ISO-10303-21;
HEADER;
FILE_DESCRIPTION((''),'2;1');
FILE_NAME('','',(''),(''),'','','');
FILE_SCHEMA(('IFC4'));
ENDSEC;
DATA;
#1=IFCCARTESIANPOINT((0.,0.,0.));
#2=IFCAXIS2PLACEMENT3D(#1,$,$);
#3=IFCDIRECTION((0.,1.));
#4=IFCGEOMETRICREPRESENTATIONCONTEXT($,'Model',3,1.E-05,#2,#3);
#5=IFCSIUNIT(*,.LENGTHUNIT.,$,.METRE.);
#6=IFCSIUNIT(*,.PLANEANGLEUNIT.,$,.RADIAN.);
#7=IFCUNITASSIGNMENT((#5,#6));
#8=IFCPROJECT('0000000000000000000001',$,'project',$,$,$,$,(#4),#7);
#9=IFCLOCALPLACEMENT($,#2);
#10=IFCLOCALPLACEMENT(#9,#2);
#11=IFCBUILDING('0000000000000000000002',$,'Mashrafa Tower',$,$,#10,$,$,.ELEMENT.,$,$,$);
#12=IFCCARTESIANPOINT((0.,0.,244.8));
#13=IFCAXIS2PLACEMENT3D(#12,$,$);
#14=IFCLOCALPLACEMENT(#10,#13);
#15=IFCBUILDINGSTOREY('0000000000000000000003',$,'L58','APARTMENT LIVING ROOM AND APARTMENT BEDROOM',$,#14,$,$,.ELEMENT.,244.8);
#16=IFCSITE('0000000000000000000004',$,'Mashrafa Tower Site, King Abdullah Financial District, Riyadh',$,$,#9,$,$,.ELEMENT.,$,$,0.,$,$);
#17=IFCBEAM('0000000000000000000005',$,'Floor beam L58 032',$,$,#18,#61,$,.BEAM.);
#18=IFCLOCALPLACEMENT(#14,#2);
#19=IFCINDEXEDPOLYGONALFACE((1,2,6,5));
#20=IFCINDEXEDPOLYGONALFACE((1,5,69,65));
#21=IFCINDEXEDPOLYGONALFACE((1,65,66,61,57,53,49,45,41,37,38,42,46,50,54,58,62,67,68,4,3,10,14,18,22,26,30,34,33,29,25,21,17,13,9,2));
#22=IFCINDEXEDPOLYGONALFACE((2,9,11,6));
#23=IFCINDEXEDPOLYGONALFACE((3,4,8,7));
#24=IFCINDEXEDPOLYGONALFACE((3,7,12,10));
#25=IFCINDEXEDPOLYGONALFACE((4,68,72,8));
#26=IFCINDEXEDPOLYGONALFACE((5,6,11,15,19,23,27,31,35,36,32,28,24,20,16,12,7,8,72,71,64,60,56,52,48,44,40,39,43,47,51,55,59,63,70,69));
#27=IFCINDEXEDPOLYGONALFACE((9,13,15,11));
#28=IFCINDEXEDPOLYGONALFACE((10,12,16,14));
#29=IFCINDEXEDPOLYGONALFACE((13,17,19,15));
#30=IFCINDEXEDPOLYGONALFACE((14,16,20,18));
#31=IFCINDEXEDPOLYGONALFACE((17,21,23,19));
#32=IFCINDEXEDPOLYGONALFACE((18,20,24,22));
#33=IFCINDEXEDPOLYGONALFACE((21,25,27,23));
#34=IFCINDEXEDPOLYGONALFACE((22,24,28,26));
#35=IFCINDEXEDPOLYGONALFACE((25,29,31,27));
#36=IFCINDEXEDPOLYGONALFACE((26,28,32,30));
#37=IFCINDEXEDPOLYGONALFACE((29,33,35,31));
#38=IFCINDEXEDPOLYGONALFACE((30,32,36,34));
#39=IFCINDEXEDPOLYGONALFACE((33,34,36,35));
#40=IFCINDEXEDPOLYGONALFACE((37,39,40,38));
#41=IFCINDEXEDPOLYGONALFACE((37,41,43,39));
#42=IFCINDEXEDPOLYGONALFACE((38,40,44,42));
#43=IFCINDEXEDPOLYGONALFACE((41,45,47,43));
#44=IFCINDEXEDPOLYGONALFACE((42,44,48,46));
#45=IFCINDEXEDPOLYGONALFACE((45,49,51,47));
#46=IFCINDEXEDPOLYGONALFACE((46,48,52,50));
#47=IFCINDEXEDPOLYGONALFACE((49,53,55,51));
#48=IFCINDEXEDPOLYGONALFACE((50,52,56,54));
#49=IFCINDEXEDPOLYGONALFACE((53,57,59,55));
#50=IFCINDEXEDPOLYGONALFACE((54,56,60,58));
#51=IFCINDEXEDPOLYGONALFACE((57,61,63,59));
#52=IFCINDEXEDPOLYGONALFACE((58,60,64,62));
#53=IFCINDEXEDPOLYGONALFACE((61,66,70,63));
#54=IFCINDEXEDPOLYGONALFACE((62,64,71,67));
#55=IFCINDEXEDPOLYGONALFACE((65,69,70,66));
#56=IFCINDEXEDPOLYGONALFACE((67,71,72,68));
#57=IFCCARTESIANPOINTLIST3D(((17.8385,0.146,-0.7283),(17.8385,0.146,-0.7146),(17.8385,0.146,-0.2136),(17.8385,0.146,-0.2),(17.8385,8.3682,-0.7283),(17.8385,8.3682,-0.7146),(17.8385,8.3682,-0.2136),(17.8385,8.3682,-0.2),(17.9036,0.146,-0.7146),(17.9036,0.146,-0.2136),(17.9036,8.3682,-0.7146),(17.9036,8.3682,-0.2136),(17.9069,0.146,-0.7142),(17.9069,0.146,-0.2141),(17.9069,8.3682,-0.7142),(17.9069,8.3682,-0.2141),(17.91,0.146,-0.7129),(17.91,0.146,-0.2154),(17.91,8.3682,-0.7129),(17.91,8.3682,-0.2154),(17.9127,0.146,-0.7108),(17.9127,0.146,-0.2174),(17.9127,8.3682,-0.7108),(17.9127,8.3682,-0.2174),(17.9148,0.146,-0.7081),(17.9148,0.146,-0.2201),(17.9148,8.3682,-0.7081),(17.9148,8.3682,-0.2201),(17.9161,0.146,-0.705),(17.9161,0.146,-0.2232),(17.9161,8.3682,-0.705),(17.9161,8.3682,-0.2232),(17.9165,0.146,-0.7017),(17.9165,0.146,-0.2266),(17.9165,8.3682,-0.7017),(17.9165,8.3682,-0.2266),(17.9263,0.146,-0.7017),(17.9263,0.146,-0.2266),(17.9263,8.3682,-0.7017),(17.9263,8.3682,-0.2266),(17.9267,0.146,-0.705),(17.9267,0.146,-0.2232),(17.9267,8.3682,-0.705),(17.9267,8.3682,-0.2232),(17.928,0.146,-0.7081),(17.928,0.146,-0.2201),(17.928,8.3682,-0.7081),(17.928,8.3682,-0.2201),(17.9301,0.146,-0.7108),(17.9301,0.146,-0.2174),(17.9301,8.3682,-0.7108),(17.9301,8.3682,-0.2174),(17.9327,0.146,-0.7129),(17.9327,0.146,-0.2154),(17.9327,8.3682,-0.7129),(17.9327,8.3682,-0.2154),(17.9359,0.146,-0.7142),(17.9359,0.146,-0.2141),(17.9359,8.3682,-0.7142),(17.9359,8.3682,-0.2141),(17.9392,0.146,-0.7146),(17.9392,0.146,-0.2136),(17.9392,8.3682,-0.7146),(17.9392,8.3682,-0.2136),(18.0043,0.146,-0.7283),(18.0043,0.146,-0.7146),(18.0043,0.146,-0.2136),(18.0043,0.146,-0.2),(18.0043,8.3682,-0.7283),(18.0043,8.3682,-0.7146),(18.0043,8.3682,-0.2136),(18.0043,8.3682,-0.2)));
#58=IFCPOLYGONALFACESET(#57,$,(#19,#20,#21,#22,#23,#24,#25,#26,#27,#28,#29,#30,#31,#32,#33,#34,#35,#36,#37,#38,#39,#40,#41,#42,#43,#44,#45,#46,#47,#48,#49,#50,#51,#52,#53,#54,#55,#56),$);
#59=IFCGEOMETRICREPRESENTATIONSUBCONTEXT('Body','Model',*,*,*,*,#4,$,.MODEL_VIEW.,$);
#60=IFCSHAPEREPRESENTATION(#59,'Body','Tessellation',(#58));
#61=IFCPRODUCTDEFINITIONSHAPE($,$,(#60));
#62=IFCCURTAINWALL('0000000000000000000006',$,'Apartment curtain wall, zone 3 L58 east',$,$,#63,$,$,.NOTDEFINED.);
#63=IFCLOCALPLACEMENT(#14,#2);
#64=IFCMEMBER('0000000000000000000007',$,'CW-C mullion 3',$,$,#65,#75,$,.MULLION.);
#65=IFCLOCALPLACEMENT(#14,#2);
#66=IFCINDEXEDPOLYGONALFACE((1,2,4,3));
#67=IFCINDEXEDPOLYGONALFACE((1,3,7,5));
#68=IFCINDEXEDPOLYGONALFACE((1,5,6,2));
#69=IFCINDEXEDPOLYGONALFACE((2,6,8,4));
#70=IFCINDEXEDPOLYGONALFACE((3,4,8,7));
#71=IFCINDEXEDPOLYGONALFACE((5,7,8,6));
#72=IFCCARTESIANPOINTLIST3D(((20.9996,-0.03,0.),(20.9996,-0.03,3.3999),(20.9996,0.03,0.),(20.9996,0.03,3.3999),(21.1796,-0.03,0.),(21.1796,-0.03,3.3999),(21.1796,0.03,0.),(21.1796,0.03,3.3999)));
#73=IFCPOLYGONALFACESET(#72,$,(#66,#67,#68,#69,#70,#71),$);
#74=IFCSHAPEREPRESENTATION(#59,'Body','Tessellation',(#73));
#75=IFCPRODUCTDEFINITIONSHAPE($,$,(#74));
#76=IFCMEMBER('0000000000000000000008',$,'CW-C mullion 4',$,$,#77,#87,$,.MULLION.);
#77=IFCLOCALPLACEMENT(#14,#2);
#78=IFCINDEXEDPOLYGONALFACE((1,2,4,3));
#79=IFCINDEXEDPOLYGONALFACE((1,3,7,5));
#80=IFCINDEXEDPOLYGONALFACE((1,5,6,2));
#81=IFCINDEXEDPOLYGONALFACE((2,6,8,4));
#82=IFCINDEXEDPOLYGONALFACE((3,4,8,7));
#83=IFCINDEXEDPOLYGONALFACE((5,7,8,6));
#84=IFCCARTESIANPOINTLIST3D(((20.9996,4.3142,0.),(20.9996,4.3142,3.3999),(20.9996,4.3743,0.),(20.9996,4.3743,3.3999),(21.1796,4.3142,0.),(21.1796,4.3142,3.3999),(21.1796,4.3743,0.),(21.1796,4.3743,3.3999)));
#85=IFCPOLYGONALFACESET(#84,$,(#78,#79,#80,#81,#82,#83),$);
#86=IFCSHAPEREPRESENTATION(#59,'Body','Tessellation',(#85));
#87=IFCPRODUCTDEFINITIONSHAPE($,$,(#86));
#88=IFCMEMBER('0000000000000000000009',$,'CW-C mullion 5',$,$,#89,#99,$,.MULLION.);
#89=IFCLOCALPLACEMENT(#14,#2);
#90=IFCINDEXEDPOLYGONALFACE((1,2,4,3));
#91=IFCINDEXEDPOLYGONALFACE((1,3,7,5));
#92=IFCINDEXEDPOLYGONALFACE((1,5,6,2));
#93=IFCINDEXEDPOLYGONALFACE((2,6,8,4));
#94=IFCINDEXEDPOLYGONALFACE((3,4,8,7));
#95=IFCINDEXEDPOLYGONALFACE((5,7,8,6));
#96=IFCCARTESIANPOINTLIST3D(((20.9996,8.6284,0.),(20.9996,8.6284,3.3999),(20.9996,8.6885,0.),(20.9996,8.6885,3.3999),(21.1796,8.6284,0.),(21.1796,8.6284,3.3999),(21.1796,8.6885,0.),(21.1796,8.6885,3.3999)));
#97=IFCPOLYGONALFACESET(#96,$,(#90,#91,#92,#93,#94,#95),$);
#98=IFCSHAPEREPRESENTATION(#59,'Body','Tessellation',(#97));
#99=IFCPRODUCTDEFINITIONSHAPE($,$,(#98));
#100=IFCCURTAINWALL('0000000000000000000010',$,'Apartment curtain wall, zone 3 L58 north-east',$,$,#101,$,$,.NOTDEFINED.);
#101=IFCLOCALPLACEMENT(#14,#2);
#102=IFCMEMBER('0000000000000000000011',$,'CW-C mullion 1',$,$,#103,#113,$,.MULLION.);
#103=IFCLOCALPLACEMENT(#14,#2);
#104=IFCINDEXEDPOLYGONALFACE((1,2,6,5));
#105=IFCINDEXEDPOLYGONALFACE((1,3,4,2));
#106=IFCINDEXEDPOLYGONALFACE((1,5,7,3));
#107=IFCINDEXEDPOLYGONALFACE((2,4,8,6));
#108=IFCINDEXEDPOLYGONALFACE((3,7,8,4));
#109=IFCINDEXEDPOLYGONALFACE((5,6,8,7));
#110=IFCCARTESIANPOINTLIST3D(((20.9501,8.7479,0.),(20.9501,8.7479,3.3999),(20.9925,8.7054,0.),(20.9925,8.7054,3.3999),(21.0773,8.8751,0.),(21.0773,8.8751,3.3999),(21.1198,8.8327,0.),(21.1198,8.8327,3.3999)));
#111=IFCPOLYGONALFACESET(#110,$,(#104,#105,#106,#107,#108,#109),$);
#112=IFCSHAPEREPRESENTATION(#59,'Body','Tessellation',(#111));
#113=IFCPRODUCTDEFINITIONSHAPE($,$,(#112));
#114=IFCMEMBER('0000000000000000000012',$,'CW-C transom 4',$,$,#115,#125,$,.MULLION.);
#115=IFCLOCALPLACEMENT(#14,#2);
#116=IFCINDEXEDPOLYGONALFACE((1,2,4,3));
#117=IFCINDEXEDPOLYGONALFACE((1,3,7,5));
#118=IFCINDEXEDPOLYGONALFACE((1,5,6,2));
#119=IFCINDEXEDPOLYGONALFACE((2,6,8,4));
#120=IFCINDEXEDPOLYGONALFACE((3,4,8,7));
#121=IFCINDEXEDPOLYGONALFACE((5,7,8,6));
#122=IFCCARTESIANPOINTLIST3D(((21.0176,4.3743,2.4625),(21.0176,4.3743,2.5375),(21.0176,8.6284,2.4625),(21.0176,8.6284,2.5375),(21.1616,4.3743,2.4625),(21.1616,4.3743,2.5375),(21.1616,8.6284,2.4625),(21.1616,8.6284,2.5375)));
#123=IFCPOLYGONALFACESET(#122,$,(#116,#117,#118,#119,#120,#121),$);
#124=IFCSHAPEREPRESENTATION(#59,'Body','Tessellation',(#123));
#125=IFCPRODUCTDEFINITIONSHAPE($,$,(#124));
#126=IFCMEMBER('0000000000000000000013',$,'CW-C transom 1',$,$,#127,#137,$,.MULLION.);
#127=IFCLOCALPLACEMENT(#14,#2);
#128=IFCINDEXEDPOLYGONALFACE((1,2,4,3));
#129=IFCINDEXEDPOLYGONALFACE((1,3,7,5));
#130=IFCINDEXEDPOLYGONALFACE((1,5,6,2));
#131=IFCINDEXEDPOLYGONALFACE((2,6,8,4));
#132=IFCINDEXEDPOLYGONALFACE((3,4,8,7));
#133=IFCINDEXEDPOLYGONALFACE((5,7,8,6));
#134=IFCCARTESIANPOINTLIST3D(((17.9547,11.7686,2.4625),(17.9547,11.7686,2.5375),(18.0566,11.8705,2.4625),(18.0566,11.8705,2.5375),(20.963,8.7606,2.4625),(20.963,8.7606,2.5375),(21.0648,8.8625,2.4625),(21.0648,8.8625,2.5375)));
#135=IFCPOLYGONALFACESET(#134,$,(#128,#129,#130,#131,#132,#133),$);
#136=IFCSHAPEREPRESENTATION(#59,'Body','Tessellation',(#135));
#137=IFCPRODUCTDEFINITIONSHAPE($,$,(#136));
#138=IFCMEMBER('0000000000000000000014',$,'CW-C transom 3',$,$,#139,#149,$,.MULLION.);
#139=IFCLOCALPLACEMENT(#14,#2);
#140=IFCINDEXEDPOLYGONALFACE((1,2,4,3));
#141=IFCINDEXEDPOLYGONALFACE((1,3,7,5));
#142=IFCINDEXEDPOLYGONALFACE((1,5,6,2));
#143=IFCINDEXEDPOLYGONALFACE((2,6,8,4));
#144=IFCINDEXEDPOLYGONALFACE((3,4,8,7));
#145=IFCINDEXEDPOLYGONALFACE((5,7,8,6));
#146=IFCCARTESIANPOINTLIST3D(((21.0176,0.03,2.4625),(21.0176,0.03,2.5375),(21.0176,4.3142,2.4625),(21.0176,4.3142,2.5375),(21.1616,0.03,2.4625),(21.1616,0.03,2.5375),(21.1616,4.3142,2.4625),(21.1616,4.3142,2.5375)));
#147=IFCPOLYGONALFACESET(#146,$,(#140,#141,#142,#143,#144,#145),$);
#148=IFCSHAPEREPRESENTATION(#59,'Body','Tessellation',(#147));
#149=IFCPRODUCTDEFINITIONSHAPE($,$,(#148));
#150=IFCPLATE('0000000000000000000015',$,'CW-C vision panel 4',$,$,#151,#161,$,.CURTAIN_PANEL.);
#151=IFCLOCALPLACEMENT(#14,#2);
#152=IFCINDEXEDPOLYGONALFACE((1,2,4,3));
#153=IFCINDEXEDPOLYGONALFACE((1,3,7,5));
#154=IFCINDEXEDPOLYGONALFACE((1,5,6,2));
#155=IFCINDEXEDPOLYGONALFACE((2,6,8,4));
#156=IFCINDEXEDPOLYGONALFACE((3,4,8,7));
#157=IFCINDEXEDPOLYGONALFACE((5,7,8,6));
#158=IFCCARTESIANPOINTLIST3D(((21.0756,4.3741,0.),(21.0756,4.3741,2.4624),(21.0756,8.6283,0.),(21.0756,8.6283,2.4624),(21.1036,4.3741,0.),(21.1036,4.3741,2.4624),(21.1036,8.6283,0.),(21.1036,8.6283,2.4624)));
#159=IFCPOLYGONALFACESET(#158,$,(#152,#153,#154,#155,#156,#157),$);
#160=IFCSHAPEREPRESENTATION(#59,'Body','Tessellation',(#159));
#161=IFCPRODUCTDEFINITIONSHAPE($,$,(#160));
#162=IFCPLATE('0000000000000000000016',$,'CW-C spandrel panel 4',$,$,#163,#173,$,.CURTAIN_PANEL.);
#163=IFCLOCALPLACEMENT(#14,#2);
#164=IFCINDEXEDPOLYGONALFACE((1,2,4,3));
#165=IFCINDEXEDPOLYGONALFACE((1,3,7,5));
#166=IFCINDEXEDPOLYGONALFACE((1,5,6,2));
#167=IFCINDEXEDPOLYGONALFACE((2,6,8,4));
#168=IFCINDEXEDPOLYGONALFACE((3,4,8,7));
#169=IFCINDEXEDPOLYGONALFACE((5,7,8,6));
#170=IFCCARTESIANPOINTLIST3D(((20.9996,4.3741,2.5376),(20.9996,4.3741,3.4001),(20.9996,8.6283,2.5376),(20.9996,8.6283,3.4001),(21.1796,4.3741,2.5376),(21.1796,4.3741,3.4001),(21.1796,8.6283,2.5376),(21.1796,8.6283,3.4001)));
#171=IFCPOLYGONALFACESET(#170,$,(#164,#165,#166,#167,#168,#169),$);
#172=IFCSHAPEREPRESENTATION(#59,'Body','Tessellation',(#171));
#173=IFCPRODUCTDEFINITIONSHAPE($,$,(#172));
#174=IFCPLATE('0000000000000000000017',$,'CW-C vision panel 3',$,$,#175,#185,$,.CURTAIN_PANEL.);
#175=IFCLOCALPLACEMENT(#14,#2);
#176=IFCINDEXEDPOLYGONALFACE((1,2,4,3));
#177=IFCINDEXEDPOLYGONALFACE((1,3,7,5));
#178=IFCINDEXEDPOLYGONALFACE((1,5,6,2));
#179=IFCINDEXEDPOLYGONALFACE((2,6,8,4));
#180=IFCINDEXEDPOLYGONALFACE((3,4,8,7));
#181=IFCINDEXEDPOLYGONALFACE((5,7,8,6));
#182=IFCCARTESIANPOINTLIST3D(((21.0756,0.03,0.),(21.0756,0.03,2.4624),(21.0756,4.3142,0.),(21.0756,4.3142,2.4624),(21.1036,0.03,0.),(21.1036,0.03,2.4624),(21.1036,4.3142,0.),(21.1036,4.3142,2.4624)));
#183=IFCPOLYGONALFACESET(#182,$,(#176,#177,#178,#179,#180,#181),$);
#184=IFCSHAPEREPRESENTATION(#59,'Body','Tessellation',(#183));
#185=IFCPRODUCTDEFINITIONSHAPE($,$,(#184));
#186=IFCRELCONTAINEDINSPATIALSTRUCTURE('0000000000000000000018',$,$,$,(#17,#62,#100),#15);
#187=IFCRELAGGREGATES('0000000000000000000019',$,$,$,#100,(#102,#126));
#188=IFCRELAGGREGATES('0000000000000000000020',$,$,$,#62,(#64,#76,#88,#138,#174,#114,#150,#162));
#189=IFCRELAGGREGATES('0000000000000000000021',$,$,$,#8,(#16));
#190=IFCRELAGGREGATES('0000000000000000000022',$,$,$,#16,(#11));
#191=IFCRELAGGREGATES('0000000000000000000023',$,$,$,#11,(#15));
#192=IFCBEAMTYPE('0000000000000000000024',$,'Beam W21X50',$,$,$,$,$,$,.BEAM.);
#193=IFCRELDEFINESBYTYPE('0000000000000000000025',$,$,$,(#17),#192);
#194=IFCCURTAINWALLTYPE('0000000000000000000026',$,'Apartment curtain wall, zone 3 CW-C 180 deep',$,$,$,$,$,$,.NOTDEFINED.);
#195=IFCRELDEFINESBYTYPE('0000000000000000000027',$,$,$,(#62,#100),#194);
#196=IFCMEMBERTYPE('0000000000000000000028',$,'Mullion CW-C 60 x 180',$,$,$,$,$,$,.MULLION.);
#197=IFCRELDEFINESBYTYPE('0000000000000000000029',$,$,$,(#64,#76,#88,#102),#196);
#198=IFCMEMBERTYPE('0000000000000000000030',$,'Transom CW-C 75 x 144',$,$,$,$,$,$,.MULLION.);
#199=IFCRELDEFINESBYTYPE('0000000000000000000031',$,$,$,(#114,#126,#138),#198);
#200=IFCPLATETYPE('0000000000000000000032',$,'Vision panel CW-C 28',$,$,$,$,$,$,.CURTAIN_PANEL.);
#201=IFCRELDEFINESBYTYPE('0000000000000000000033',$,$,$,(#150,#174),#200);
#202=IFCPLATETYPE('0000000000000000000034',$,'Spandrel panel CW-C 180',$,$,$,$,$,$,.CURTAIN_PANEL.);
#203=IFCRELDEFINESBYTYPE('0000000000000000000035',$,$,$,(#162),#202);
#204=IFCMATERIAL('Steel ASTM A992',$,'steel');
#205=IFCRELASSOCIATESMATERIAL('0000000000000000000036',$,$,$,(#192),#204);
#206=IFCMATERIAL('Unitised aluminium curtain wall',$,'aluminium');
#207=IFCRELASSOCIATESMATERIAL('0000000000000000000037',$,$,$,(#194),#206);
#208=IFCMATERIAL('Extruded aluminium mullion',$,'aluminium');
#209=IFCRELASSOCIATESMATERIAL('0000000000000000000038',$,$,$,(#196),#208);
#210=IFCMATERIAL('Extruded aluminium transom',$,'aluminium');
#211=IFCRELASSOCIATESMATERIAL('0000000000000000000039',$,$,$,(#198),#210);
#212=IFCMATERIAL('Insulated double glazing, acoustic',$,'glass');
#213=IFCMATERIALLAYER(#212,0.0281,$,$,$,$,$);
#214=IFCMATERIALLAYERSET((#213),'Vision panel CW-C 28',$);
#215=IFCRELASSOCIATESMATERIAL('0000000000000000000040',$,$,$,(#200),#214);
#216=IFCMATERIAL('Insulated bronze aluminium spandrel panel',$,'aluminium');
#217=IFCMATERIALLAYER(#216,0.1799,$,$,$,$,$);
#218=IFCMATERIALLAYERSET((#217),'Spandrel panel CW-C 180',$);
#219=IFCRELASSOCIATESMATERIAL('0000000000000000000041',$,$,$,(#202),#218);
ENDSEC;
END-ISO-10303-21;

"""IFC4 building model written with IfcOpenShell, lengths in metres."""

from ifc_helpers import new_model, si_unit, direction, frame, origin, origin_2d, place, context, subcontext, project, spatial, rectangle, i_section, extrude, source, transform, mapped, material, layer, layer_set, material_profile, profile_set, type_object, type_shapes, element, aggregate, save


model = new_model("IFC4")

# Units and contexts
model_context = context("Model", 3, precision=1e-05, world=origin(), true_north=direction((0.0, 1.0)))
body_context = subcontext(model_context, "Body", "Model", "MODEL_VIEW")
ifc_project = project(units=[si_unit("LENGTHUNIT", "METRE"), si_unit("PLANEANGLEUNIT", "RADIAN")], contexts=[model_context])

# Site, building, storey
site_placement = place(None, origin())
site = spatial("IfcSite", under=ifc_project, at=site_placement, Name="Mashrafa Tower Site, King Abdullah Financial District, Riyadh", CompositionType="ELEMENT", RefElevation=0.0)
building_placement = place(site_placement, origin())
building = spatial("IfcBuilding", under=site, at=building_placement, Name="Mashrafa Tower", CompositionType="ELEMENT")
storey_placement = place(building_placement, frame((0.0, 0.0, 244.8)))
storey = spatial("IfcBuildingStorey", under=building, at=storey_placement, Name="L58", Description="APARTMENT LIVING ROOM AND APARTMENT BEDROOM", CompositionType="ELEMENT", Elevation=244.8)

# Beam
ifc_material_1 = material(Name="Steel ASTM A992", Category="steel")
ifc_material_profile_1 = material_profile(ifc_material_1, i_section(OverallWidth=0.1658, OverallDepth=0.5283, WebThickness=0.0098, FlangeThickness=0.0137, FilletRadius=0.0129, at=origin_2d()), Name="W21X50")
ifc_profile_set_1 = profile_set([ifc_material_profile_1], Name="Steel ASTM A992")
beam_type_1 = type_object("IfcBeamType", Name="Beam W21X50", PredefinedType="BEAM", material=ifc_profile_set_1)
beam_1_placement = place(storey_placement, frame((17.9214, 8.3682, -0.4641), z_axis=(0.0, -1.0, 0.0), x_axis=(1.0, 0.0, 0.0)))
element("IfcBeam", 1, at=beam_1_placement, inside=storey, type_object=beam_type_1, Name="Floor beam L58 032", PredefinedType="BEAM", context=body_context, shape_type="SweptSolid", body=[
    extrude(i_section(OverallWidth=0.1658, OverallDepth=0.5283, WebThickness=0.0098, FlangeThickness=0.0137, FilletRadius=0.0129, at=origin_2d()), origin(), (0.0, 0.0, 1.0), 8.2222),
])

# Curtain wall, members
ifc_material_2 = material(Name="Unitised aluminium curtain wall", Category="aluminium")
curtain_wall_type = type_object("IfcCurtainWallType", Name="Apartment curtain wall, zone 3 CW-C 180 deep", PredefinedType="NOTDEFINED", material=ifc_material_2)
curtain_wall_1_placement = place(storey_placement, origin())
curtain_wall_1 = element("IfcCurtainWall", 2, at=curtain_wall_1_placement, inside=storey, type_object=curtain_wall_type, Name="Apartment curtain wall, zone 3 L58 east", PredefinedType="NOTDEFINED")
ifc_material_3 = material(Name="Extruded aluminium mullion", Category="aluminium")
ifc_material_profile_2 = material_profile(ifc_material_3, rectangle(XDim=0.1799, YDim=0.0601, at=origin_2d()), Name="Mullion 60x180")
ifc_profile_set_2 = profile_set([ifc_material_profile_2], Name="Extruded aluminium mullion")
member_type_1 = type_object("IfcMemberType", Name="Mullion CW-C 60 x 180", PredefinedType="MULLION", material=ifc_profile_set_2)
shared_shape_1 = source(origin(), body_context, "Body", "SweptSolid", [
    extrude(rectangle(XDim=0.1799, YDim=0.0601, at=origin_2d()), origin(), (0.0, 0.0, 1.0), 3.3999),
])
type_shapes(member_type_1, [shared_shape_1])
member_1_placement = place(storey_placement, frame((21.0896, 0.0, 0.0), z_axis=(0.0, 0.0, 1.0), x_axis=(-1.0, 0.0, 0.0)))
member_1 = element("IfcMember", 3, at=member_1_placement, type_object=member_type_1, Name="CW-C mullion 3", PredefinedType="MULLION", context=body_context, shape_type="MappedRepresentation", body=[
    mapped(shared_shape_1, transform((0.0, 0.0, 0.0))),
])
member_2_placement = place(storey_placement, frame((21.0896, 4.3442, 0.0), z_axis=(0.0, 0.0, 1.0), x_axis=(-1.0, 0.0, 0.0)))
member_2 = element("IfcMember", 4, at=member_2_placement, type_object=member_type_1, Name="CW-C mullion 4", PredefinedType="MULLION", context=body_context, shape_type="MappedRepresentation", body=[
    mapped(shared_shape_1, transform((0.0, 0.0, 0.0))),
])
member_3_placement = place(storey_placement, frame((21.0896, 8.6584, 0.0), z_axis=(0.0, 0.0, 1.0), x_axis=(-1.0, 0.0, 0.0)))
member_3 = element("IfcMember", 5, at=member_3_placement, type_object=member_type_1, Name="CW-C mullion 5", PredefinedType="MULLION", context=body_context, shape_type="MappedRepresentation", body=[
    mapped(shared_shape_1, transform((0.0, 0.0, 0.0))),
])

# Curtain wall, member
curtain_wall_2_placement = place(storey_placement, origin())
curtain_wall_2 = element("IfcCurtainWall", 6, at=curtain_wall_2_placement, inside=storey, type_object=curtain_wall_type, Name="Apartment curtain wall, zone 3 L58 north-east", PredefinedType="NOTDEFINED")
member_4_placement = place(storey_placement, frame((21.0349, 8.7903, 0.0), z_axis=(0.0, 0.0, 1.0), x_axis=(-0.707107, -0.707107, 0.0)))
member_4 = element("IfcMember", 7, at=member_4_placement, type_object=member_type_1, Name="CW-C mullion 1", PredefinedType="MULLION", context=body_context, shape_type="MappedRepresentation", body=[
    mapped(shared_shape_1, transform((0.0, 0.0, 0.0))),
])

# Members
ifc_material_4 = material(Name="Extruded aluminium transom", Category="aluminium")
ifc_material_profile_3 = material_profile(ifc_material_4, rectangle(XDim=0.144, YDim=0.075, at=origin_2d()), Name="Transom 75x144")
ifc_profile_set_3 = profile_set([ifc_material_profile_3], Name="Extruded aluminium transom")
member_type_2 = type_object("IfcMemberType", Name="Transom CW-C 75 x 144", PredefinedType="MULLION", material=ifc_profile_set_3)
shared_shape_2 = source(origin(), body_context, "Body", "SweptSolid", [
    extrude(rectangle(XDim=0.144, YDim=0.075, at=origin_2d()), origin(), (0.0, 0.0, 1.0), 4.2542),
])
member_5_placement = place(storey_placement, frame((21.0896, 4.3743, 2.5), z_axis=(0.0, 1.0, 0.0), x_axis=(-1.0, 0.0, 0.0)))
member_5 = element("IfcMember", 8, at=member_5_placement, type_object=member_type_2, Name="CW-C transom 4", PredefinedType="MULLION", context=body_context, shape_type="MappedRepresentation", body=[
    mapped(shared_shape_2, transform((0.0, 0.0, 0.0))),
])
member_6_placement = place(storey_placement, frame((21.0139, 8.8115, 2.5), z_axis=(-0.707135, 0.707078, 0.0), x_axis=(-0.707078, -0.707135, 0.0)))
member_6 = element("IfcMember", 9, at=member_6_placement, type_object=member_type_2, Name="CW-C transom 1", PredefinedType="MULLION", context=body_context, shape_type="MappedRepresentation", body=[
    mapped(shared_shape_2, transform((0.0, 0.0, 0.0))),
])
aggregate(curtain_wall_2, [member_4, member_6])
shared_shape_3 = source(origin(), body_context, "Body", "SweptSolid", [
    extrude(rectangle(XDim=0.144, YDim=0.075, at=origin_2d()), origin(), (0.0, 0.0, 1.0), 4.2842),
])
type_shapes(member_type_2, [shared_shape_2, shared_shape_3])
member_7_placement = place(storey_placement, frame((21.0896, 0.03, 2.5), z_axis=(0.0, 1.0, 0.0), x_axis=(-1.0, 0.0, 0.0)))
member_7 = element("IfcMember", 10, at=member_7_placement, type_object=member_type_2, Name="CW-C transom 3", PredefinedType="MULLION", context=body_context, shape_type="MappedRepresentation", body=[
    mapped(shared_shape_3, transform((0.0, 0.0, 0.0))),
])

# Plates
ifc_material_5 = material(Name="Insulated double glazing, acoustic", Category="glass")
ifc_layer_1 = layer(ifc_material_5, 0.0281)
ifc_layer_set_1 = layer_set([ifc_layer_1], Name="Vision panel CW-C 28")
plate_type_1 = type_object("IfcPlateType", Name="Vision panel CW-C 28", PredefinedType="CURTAIN_PANEL", material=ifc_layer_set_1)
shared_shape_4 = source(origin(), body_context, "Body", "SweptSolid", [
    extrude(rectangle(XDim=4.2542, YDim=0.0281, at=origin_2d()), origin(), (0.0, 0.0, 1.0), 2.4624),
])
plate_1_placement = place(storey_placement, frame((21.0896, 6.5012, 0.0), z_axis=(0.0, 0.0, 1.0), x_axis=(0.0, 1.0, 0.0)))
plate_1 = element("IfcPlate", 11, at=plate_1_placement, type_object=plate_type_1, Name="CW-C vision panel 4", PredefinedType="CURTAIN_PANEL", context=body_context, shape_type="MappedRepresentation", body=[
    mapped(shared_shape_4, transform((0.0, 0.0, 0.0))),
])
ifc_material_6 = material(Name="Insulated bronze aluminium spandrel panel", Category="aluminium")
ifc_layer_2 = layer(ifc_material_6, 0.1799)
ifc_layer_set_2 = layer_set([ifc_layer_2], Name="Spandrel panel CW-C 180")
plate_type_2 = type_object("IfcPlateType", Name="Spandrel panel CW-C 180", PredefinedType="CURTAIN_PANEL", material=ifc_layer_set_2)
shared_shape_5 = source(origin(), body_context, "Body", "SweptSolid", [
    extrude(rectangle(XDim=4.2542, YDim=0.1799, at=origin_2d()), origin(), (0.0, 0.0, 1.0), 0.8625),
])
plate_2_placement = place(storey_placement, frame((21.0896, 6.5012, 2.5376), z_axis=(0.0, 0.0, 1.0), x_axis=(0.0, 1.0, 0.0)))
plate_2 = element("IfcPlate", 12, at=plate_2_placement, type_object=plate_type_2, Name="CW-C spandrel panel 4", PredefinedType="CURTAIN_PANEL", context=body_context, shape_type="MappedRepresentation", body=[
    mapped(shared_shape_5, transform((0.0, 0.0, 0.0))),
])
shared_shape_6 = source(origin(), body_context, "Body", "SweptSolid", [
    extrude(rectangle(XDim=4.2842, YDim=0.0281, at=origin_2d()), origin(), (0.0, 0.0, 1.0), 2.4624),
])
type_shapes(plate_type_1, [shared_shape_4, shared_shape_6])
plate_3_placement = place(storey_placement, frame((21.0896, 2.1721, 0.0), z_axis=(0.0, 0.0, 1.0), x_axis=(0.0, 1.0, 0.0)))
plate_3 = element("IfcPlate", 13, at=plate_3_placement, type_object=plate_type_1, Name="CW-C vision panel 3", PredefinedType="CURTAIN_PANEL", context=body_context, shape_type="MappedRepresentation", body=[
    mapped(shared_shape_6, transform((0.0, 0.0, 0.0))),
])
aggregate(curtain_wall_1, [member_1, member_2, member_3, member_7, plate_3, member_5, plate_1, plate_2])

save(model, "model.ifc")
